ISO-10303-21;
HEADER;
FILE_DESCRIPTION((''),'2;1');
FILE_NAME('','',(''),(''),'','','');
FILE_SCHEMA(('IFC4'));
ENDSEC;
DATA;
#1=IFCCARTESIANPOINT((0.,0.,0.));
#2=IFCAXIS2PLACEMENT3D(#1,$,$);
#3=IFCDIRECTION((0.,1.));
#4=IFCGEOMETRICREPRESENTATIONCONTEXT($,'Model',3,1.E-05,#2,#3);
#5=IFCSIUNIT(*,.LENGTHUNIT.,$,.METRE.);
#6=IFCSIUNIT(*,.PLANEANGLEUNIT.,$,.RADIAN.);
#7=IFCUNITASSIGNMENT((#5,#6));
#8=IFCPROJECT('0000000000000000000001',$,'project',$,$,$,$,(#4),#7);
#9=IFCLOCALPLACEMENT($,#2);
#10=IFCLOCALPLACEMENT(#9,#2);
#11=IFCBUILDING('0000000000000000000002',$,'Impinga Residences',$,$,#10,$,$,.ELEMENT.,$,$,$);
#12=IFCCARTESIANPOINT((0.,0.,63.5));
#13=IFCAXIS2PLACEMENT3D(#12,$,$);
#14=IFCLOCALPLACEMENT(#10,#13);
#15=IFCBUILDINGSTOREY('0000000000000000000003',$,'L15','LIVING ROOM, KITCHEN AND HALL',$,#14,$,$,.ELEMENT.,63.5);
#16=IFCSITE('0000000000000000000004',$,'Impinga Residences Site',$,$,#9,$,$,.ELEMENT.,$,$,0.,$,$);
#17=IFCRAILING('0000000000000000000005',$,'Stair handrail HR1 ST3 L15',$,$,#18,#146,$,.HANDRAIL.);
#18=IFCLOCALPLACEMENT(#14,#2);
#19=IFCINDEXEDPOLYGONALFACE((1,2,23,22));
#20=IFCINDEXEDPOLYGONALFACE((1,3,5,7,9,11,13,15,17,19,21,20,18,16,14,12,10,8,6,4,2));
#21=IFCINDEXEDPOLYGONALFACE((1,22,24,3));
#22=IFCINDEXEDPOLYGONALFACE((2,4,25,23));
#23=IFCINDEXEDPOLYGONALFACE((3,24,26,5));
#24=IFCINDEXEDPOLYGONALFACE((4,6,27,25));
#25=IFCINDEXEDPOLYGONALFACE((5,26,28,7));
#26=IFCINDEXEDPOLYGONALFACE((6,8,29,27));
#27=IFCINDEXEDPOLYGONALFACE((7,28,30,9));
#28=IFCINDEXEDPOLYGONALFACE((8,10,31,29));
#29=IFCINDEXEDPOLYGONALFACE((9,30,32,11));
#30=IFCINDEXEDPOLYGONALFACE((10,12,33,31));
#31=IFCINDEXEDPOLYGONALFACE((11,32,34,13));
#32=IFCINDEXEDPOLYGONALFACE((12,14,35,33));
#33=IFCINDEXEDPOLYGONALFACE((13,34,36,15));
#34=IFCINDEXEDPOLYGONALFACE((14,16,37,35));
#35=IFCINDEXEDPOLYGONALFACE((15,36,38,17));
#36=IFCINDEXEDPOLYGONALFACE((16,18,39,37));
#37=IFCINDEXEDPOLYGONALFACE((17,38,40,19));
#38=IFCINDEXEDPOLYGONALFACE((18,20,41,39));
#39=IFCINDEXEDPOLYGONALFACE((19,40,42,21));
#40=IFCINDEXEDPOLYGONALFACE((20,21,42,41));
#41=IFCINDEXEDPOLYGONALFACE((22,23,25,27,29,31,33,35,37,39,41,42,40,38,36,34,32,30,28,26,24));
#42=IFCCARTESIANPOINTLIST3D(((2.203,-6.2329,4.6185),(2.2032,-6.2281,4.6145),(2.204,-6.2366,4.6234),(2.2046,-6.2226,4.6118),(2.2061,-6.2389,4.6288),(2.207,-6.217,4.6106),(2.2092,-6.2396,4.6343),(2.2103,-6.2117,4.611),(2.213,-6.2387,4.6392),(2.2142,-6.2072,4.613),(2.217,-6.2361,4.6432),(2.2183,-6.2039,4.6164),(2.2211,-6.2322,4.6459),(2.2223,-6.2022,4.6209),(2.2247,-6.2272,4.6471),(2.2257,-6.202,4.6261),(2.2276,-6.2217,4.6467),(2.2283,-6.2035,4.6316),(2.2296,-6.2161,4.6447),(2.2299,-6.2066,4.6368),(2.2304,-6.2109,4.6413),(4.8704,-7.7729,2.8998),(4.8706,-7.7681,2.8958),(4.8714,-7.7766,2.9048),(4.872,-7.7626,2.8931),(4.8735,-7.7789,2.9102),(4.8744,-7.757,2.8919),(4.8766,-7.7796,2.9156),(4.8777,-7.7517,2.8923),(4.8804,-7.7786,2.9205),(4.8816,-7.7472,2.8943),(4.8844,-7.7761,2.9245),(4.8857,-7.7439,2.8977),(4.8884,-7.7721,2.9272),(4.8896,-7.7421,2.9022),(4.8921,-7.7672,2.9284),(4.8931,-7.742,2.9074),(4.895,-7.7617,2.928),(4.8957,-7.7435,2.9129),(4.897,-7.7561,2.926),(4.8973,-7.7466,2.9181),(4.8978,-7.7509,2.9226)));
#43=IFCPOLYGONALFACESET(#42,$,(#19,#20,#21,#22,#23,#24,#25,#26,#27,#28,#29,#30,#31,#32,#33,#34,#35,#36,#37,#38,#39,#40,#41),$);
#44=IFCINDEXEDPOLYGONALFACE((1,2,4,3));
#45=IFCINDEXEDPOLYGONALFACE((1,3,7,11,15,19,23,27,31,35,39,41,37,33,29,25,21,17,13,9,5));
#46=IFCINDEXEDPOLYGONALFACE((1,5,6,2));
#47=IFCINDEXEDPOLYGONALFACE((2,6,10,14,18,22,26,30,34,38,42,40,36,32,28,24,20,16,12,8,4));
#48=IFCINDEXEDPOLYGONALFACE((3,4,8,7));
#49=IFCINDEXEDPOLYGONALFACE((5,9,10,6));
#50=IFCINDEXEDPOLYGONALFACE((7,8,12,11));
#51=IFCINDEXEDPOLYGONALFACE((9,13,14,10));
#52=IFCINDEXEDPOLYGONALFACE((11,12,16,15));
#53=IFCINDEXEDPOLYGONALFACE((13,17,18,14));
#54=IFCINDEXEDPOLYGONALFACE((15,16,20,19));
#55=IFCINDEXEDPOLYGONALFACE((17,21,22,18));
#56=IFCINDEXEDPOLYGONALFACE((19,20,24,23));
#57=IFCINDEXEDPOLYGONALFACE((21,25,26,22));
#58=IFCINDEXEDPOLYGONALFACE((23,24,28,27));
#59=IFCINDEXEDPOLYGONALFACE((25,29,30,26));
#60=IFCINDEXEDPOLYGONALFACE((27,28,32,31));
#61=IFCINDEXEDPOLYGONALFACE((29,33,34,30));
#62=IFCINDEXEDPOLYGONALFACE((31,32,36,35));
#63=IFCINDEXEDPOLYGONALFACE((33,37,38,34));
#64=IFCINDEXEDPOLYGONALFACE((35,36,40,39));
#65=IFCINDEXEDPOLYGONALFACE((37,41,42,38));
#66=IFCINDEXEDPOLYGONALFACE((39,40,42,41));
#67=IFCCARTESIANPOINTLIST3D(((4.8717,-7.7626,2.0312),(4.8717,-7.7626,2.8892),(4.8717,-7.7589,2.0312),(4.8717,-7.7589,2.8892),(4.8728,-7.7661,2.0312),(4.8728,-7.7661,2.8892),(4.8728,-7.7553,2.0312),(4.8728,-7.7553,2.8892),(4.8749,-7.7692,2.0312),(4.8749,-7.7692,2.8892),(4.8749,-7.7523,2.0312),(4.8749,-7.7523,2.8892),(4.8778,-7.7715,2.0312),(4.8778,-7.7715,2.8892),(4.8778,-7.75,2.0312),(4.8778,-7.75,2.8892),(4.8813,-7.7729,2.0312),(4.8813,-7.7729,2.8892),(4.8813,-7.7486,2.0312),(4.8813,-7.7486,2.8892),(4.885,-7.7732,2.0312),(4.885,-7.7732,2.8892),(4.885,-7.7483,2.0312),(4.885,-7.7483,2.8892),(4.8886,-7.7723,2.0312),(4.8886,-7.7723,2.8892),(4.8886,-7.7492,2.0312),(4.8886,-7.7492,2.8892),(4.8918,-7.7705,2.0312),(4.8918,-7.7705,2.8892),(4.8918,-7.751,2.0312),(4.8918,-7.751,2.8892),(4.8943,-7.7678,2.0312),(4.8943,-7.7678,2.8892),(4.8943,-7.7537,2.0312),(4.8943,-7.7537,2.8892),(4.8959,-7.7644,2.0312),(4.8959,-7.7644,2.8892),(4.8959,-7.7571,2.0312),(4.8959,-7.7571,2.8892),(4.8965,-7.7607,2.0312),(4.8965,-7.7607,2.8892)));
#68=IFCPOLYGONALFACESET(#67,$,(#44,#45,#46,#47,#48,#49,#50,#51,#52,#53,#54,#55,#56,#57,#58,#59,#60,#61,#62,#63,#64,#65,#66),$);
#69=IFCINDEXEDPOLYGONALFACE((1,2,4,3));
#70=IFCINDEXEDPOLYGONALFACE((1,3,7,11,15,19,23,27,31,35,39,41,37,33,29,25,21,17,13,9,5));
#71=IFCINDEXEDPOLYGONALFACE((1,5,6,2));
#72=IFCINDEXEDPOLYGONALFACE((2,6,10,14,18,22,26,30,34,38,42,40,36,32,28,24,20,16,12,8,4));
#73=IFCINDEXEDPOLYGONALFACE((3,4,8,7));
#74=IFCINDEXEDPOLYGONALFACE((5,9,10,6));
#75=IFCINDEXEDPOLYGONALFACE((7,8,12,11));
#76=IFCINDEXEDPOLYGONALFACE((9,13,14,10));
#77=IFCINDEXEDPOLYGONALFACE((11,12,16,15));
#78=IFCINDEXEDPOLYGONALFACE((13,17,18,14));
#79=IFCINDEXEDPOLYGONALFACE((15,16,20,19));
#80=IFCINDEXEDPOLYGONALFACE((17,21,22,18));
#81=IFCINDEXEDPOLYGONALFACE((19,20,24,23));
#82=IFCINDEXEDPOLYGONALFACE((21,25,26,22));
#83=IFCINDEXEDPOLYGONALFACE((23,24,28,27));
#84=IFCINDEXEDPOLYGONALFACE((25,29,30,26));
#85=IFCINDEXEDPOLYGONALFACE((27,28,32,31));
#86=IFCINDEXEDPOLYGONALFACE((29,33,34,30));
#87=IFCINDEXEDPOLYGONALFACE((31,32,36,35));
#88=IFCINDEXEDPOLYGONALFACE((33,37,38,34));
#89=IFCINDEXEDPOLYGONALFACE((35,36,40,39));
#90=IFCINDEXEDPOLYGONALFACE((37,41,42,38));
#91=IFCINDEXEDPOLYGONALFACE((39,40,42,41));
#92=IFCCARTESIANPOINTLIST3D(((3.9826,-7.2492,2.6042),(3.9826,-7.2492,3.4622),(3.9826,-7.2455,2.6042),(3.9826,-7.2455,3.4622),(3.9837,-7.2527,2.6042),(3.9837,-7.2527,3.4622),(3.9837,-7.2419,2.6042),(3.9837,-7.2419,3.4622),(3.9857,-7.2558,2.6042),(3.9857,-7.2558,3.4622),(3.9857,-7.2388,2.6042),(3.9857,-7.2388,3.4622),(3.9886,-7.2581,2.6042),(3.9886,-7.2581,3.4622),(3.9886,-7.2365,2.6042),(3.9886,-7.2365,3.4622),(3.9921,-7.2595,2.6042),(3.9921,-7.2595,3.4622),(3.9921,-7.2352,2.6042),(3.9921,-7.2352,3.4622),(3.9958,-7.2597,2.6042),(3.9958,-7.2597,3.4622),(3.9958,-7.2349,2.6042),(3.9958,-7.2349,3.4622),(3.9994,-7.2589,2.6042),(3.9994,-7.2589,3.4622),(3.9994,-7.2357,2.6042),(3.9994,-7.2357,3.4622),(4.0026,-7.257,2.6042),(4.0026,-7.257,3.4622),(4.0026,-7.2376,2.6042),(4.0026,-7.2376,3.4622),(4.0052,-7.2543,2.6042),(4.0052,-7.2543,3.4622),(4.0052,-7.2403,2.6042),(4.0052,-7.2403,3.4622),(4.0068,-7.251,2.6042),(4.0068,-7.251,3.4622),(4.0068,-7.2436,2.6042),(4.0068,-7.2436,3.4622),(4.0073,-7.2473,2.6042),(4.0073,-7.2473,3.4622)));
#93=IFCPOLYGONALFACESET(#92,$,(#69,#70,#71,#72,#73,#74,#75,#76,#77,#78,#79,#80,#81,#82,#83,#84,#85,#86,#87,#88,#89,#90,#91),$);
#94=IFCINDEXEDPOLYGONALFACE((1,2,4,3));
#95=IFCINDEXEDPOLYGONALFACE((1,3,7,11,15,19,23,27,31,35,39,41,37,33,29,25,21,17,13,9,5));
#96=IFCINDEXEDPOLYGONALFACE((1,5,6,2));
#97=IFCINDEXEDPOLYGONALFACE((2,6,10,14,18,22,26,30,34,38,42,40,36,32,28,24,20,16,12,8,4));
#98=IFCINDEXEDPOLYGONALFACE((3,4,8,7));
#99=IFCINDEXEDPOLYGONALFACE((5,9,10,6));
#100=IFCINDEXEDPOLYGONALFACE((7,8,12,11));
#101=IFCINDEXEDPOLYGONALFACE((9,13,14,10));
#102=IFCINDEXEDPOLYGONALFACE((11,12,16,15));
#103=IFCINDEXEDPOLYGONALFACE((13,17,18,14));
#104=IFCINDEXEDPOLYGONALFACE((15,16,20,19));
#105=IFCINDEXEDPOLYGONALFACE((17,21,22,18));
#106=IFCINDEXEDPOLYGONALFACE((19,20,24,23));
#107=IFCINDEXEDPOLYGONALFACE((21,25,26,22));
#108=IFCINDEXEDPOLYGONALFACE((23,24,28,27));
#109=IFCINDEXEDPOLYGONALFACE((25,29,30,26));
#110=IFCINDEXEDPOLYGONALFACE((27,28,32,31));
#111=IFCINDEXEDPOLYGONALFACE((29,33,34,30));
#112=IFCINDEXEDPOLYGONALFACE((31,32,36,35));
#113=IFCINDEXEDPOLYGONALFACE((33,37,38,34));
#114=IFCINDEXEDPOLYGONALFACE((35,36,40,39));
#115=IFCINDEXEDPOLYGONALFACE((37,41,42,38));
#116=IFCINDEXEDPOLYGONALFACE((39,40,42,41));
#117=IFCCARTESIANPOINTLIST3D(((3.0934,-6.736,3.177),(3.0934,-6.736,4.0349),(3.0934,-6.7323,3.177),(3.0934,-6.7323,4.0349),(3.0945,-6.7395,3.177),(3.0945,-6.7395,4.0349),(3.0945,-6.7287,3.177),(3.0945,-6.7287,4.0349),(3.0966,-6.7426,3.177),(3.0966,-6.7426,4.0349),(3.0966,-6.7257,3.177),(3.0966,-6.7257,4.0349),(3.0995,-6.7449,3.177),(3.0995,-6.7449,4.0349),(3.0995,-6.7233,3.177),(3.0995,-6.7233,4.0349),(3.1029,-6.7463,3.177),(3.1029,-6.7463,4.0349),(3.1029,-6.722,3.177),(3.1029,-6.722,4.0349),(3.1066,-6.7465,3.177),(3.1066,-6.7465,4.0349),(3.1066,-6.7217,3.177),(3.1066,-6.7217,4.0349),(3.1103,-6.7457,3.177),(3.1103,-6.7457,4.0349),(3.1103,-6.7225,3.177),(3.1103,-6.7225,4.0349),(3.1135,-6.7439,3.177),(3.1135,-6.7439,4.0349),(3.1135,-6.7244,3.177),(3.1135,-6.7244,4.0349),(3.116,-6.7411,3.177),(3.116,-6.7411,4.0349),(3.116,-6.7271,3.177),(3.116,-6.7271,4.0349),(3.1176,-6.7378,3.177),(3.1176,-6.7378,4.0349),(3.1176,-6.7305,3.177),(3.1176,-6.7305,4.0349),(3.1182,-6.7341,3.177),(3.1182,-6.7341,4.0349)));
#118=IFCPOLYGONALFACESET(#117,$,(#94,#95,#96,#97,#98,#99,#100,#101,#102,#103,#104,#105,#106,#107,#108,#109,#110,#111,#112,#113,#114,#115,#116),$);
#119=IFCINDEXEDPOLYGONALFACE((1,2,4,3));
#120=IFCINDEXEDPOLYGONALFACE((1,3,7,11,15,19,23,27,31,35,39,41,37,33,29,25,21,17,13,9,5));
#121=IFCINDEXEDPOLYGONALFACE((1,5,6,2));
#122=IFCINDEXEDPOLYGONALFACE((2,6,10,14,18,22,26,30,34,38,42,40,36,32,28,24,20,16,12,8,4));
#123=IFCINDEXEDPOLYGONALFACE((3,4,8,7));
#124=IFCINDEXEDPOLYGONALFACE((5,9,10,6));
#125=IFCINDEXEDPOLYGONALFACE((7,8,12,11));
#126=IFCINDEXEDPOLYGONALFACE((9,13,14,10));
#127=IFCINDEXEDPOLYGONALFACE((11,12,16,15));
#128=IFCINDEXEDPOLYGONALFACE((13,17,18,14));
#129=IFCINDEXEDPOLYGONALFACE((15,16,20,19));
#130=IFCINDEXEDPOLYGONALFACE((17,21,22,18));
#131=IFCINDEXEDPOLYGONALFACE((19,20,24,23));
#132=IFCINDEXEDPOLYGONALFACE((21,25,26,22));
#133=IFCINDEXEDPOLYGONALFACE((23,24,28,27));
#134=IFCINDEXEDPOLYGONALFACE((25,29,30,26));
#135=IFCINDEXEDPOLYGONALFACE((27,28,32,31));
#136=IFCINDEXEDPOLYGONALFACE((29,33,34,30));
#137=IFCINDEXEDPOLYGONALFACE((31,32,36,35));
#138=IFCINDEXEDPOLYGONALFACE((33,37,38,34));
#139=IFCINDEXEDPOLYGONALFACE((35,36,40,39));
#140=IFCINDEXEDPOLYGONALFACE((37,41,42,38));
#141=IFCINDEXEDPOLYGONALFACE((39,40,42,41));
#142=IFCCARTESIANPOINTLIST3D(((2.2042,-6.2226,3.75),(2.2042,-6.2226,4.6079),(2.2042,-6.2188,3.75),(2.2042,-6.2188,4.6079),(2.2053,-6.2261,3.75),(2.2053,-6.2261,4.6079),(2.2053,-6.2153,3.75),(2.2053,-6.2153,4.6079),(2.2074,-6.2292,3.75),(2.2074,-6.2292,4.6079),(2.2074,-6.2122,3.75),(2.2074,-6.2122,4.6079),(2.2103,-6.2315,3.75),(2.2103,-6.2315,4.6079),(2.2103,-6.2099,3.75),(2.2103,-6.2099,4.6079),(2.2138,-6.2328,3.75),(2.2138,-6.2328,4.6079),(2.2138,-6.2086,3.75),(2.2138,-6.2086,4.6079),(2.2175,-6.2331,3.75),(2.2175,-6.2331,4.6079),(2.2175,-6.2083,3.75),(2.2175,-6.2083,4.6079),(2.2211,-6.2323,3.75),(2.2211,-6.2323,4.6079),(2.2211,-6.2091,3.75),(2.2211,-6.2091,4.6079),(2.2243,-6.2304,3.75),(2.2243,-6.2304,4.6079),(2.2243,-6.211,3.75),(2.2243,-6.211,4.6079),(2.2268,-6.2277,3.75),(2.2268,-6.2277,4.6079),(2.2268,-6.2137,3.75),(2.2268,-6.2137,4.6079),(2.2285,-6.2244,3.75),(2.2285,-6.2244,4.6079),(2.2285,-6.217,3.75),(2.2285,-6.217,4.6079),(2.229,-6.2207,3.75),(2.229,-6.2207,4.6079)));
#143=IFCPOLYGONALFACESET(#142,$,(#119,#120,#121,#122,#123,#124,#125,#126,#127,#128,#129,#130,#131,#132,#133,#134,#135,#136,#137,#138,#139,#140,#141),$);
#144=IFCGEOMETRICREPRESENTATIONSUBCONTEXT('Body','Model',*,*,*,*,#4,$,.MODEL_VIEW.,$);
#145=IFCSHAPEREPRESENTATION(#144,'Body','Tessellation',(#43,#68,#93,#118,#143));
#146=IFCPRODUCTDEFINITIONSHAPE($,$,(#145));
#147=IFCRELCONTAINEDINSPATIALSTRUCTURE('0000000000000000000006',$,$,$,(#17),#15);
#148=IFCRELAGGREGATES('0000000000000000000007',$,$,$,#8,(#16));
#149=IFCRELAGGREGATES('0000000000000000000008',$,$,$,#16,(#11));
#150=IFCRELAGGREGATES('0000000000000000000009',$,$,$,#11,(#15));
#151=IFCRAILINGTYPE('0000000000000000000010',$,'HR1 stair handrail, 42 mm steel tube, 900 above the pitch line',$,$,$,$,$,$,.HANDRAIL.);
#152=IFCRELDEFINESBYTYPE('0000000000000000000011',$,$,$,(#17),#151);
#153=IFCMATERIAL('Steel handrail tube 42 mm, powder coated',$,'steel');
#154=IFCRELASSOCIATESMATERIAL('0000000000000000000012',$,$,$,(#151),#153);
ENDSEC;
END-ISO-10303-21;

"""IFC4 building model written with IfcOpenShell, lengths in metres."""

from ifc_helpers import new_model, si_unit, direction, frame, origin, origin_2d, place, context, subcontext, project, spatial, circle, extrude, material, type_object, element, save


model = new_model("IFC4")

# Units and contexts
model_context = context("Model", 3, precision=1e-05, world=origin(), true_north=direction((0.0, 1.0)))
body_context = subcontext(model_context, "Body", "Model", "MODEL_VIEW")
ifc_project = project(units=[si_unit("LENGTHUNIT", "METRE"), si_unit("PLANEANGLEUNIT", "RADIAN")], contexts=[model_context])

# Site, building, storey
site_placement = place(None, origin())
site = spatial("IfcSite", under=ifc_project, at=site_placement, Name="Impinga Residences Site", CompositionType="ELEMENT", RefElevation=0.0)
building_placement = place(site_placement, origin())
building = spatial("IfcBuilding", under=site, at=building_placement, Name="Impinga Residences", CompositionType="ELEMENT")
storey_placement = place(building_placement, frame((0.0, 0.0, 63.5)))
storey = spatial("IfcBuildingStorey", under=building, at=storey_placement, Name="L15", Description="LIVING ROOM, KITCHEN AND HALL", CompositionType="ELEMENT", Elevation=63.5)

# Railing
ifc_material_1 = material(Name="Steel handrail tube 42 mm, powder coated", Category="steel")
railing_type_1 = type_object("IfcRailingType", Name="HR1 stair handrail, 42 mm steel tube, 900 above the pitch line", PredefinedType="HANDRAIL", material=ifc_material_1)
railing_1_placement = place(storey_placement, frame((4.884, -7.7607, 2.0312)))
element("IfcRailing", 1, at=railing_1_placement, inside=storey, type_object=railing_type_1, Name="Stair handrail HR1 ST3 L15", PredefinedType="HANDRAIL", context=body_context, shape_type="SweptSolid", body=[
    extrude(circle(Radius=0.021, at=origin_2d()), frame((0.0, 0.0, 0.8789), z_axis=(-0.756256, 0.436616, 0.487282), x_axis=(-0.499992, -0.86603, 0.0)), (0.0, 0.0, 1.0), 3.5271),
    extrude(circle(Radius=0.0125, at=origin_2d()), origin(), (0.0, 0.0, 1.0), 0.8579),
    extrude(circle(Radius=0.0125, at=origin_2d()), frame((-0.8892, 0.5134, 0.573)), (0.0, 0.0, 1.0), 0.8579),
    extrude(circle(Radius=0.0125, at=origin_2d()), frame((-1.7783, 1.0266, 1.1458)), (0.0, 0.0, 1.0), 0.8579),
    extrude(circle(Radius=0.0125, at=origin_2d()), frame((-2.6675, 1.54, 1.7188)), (0.0, 0.0, 1.0), 0.8579),
])

save(model, "model.ifc")
